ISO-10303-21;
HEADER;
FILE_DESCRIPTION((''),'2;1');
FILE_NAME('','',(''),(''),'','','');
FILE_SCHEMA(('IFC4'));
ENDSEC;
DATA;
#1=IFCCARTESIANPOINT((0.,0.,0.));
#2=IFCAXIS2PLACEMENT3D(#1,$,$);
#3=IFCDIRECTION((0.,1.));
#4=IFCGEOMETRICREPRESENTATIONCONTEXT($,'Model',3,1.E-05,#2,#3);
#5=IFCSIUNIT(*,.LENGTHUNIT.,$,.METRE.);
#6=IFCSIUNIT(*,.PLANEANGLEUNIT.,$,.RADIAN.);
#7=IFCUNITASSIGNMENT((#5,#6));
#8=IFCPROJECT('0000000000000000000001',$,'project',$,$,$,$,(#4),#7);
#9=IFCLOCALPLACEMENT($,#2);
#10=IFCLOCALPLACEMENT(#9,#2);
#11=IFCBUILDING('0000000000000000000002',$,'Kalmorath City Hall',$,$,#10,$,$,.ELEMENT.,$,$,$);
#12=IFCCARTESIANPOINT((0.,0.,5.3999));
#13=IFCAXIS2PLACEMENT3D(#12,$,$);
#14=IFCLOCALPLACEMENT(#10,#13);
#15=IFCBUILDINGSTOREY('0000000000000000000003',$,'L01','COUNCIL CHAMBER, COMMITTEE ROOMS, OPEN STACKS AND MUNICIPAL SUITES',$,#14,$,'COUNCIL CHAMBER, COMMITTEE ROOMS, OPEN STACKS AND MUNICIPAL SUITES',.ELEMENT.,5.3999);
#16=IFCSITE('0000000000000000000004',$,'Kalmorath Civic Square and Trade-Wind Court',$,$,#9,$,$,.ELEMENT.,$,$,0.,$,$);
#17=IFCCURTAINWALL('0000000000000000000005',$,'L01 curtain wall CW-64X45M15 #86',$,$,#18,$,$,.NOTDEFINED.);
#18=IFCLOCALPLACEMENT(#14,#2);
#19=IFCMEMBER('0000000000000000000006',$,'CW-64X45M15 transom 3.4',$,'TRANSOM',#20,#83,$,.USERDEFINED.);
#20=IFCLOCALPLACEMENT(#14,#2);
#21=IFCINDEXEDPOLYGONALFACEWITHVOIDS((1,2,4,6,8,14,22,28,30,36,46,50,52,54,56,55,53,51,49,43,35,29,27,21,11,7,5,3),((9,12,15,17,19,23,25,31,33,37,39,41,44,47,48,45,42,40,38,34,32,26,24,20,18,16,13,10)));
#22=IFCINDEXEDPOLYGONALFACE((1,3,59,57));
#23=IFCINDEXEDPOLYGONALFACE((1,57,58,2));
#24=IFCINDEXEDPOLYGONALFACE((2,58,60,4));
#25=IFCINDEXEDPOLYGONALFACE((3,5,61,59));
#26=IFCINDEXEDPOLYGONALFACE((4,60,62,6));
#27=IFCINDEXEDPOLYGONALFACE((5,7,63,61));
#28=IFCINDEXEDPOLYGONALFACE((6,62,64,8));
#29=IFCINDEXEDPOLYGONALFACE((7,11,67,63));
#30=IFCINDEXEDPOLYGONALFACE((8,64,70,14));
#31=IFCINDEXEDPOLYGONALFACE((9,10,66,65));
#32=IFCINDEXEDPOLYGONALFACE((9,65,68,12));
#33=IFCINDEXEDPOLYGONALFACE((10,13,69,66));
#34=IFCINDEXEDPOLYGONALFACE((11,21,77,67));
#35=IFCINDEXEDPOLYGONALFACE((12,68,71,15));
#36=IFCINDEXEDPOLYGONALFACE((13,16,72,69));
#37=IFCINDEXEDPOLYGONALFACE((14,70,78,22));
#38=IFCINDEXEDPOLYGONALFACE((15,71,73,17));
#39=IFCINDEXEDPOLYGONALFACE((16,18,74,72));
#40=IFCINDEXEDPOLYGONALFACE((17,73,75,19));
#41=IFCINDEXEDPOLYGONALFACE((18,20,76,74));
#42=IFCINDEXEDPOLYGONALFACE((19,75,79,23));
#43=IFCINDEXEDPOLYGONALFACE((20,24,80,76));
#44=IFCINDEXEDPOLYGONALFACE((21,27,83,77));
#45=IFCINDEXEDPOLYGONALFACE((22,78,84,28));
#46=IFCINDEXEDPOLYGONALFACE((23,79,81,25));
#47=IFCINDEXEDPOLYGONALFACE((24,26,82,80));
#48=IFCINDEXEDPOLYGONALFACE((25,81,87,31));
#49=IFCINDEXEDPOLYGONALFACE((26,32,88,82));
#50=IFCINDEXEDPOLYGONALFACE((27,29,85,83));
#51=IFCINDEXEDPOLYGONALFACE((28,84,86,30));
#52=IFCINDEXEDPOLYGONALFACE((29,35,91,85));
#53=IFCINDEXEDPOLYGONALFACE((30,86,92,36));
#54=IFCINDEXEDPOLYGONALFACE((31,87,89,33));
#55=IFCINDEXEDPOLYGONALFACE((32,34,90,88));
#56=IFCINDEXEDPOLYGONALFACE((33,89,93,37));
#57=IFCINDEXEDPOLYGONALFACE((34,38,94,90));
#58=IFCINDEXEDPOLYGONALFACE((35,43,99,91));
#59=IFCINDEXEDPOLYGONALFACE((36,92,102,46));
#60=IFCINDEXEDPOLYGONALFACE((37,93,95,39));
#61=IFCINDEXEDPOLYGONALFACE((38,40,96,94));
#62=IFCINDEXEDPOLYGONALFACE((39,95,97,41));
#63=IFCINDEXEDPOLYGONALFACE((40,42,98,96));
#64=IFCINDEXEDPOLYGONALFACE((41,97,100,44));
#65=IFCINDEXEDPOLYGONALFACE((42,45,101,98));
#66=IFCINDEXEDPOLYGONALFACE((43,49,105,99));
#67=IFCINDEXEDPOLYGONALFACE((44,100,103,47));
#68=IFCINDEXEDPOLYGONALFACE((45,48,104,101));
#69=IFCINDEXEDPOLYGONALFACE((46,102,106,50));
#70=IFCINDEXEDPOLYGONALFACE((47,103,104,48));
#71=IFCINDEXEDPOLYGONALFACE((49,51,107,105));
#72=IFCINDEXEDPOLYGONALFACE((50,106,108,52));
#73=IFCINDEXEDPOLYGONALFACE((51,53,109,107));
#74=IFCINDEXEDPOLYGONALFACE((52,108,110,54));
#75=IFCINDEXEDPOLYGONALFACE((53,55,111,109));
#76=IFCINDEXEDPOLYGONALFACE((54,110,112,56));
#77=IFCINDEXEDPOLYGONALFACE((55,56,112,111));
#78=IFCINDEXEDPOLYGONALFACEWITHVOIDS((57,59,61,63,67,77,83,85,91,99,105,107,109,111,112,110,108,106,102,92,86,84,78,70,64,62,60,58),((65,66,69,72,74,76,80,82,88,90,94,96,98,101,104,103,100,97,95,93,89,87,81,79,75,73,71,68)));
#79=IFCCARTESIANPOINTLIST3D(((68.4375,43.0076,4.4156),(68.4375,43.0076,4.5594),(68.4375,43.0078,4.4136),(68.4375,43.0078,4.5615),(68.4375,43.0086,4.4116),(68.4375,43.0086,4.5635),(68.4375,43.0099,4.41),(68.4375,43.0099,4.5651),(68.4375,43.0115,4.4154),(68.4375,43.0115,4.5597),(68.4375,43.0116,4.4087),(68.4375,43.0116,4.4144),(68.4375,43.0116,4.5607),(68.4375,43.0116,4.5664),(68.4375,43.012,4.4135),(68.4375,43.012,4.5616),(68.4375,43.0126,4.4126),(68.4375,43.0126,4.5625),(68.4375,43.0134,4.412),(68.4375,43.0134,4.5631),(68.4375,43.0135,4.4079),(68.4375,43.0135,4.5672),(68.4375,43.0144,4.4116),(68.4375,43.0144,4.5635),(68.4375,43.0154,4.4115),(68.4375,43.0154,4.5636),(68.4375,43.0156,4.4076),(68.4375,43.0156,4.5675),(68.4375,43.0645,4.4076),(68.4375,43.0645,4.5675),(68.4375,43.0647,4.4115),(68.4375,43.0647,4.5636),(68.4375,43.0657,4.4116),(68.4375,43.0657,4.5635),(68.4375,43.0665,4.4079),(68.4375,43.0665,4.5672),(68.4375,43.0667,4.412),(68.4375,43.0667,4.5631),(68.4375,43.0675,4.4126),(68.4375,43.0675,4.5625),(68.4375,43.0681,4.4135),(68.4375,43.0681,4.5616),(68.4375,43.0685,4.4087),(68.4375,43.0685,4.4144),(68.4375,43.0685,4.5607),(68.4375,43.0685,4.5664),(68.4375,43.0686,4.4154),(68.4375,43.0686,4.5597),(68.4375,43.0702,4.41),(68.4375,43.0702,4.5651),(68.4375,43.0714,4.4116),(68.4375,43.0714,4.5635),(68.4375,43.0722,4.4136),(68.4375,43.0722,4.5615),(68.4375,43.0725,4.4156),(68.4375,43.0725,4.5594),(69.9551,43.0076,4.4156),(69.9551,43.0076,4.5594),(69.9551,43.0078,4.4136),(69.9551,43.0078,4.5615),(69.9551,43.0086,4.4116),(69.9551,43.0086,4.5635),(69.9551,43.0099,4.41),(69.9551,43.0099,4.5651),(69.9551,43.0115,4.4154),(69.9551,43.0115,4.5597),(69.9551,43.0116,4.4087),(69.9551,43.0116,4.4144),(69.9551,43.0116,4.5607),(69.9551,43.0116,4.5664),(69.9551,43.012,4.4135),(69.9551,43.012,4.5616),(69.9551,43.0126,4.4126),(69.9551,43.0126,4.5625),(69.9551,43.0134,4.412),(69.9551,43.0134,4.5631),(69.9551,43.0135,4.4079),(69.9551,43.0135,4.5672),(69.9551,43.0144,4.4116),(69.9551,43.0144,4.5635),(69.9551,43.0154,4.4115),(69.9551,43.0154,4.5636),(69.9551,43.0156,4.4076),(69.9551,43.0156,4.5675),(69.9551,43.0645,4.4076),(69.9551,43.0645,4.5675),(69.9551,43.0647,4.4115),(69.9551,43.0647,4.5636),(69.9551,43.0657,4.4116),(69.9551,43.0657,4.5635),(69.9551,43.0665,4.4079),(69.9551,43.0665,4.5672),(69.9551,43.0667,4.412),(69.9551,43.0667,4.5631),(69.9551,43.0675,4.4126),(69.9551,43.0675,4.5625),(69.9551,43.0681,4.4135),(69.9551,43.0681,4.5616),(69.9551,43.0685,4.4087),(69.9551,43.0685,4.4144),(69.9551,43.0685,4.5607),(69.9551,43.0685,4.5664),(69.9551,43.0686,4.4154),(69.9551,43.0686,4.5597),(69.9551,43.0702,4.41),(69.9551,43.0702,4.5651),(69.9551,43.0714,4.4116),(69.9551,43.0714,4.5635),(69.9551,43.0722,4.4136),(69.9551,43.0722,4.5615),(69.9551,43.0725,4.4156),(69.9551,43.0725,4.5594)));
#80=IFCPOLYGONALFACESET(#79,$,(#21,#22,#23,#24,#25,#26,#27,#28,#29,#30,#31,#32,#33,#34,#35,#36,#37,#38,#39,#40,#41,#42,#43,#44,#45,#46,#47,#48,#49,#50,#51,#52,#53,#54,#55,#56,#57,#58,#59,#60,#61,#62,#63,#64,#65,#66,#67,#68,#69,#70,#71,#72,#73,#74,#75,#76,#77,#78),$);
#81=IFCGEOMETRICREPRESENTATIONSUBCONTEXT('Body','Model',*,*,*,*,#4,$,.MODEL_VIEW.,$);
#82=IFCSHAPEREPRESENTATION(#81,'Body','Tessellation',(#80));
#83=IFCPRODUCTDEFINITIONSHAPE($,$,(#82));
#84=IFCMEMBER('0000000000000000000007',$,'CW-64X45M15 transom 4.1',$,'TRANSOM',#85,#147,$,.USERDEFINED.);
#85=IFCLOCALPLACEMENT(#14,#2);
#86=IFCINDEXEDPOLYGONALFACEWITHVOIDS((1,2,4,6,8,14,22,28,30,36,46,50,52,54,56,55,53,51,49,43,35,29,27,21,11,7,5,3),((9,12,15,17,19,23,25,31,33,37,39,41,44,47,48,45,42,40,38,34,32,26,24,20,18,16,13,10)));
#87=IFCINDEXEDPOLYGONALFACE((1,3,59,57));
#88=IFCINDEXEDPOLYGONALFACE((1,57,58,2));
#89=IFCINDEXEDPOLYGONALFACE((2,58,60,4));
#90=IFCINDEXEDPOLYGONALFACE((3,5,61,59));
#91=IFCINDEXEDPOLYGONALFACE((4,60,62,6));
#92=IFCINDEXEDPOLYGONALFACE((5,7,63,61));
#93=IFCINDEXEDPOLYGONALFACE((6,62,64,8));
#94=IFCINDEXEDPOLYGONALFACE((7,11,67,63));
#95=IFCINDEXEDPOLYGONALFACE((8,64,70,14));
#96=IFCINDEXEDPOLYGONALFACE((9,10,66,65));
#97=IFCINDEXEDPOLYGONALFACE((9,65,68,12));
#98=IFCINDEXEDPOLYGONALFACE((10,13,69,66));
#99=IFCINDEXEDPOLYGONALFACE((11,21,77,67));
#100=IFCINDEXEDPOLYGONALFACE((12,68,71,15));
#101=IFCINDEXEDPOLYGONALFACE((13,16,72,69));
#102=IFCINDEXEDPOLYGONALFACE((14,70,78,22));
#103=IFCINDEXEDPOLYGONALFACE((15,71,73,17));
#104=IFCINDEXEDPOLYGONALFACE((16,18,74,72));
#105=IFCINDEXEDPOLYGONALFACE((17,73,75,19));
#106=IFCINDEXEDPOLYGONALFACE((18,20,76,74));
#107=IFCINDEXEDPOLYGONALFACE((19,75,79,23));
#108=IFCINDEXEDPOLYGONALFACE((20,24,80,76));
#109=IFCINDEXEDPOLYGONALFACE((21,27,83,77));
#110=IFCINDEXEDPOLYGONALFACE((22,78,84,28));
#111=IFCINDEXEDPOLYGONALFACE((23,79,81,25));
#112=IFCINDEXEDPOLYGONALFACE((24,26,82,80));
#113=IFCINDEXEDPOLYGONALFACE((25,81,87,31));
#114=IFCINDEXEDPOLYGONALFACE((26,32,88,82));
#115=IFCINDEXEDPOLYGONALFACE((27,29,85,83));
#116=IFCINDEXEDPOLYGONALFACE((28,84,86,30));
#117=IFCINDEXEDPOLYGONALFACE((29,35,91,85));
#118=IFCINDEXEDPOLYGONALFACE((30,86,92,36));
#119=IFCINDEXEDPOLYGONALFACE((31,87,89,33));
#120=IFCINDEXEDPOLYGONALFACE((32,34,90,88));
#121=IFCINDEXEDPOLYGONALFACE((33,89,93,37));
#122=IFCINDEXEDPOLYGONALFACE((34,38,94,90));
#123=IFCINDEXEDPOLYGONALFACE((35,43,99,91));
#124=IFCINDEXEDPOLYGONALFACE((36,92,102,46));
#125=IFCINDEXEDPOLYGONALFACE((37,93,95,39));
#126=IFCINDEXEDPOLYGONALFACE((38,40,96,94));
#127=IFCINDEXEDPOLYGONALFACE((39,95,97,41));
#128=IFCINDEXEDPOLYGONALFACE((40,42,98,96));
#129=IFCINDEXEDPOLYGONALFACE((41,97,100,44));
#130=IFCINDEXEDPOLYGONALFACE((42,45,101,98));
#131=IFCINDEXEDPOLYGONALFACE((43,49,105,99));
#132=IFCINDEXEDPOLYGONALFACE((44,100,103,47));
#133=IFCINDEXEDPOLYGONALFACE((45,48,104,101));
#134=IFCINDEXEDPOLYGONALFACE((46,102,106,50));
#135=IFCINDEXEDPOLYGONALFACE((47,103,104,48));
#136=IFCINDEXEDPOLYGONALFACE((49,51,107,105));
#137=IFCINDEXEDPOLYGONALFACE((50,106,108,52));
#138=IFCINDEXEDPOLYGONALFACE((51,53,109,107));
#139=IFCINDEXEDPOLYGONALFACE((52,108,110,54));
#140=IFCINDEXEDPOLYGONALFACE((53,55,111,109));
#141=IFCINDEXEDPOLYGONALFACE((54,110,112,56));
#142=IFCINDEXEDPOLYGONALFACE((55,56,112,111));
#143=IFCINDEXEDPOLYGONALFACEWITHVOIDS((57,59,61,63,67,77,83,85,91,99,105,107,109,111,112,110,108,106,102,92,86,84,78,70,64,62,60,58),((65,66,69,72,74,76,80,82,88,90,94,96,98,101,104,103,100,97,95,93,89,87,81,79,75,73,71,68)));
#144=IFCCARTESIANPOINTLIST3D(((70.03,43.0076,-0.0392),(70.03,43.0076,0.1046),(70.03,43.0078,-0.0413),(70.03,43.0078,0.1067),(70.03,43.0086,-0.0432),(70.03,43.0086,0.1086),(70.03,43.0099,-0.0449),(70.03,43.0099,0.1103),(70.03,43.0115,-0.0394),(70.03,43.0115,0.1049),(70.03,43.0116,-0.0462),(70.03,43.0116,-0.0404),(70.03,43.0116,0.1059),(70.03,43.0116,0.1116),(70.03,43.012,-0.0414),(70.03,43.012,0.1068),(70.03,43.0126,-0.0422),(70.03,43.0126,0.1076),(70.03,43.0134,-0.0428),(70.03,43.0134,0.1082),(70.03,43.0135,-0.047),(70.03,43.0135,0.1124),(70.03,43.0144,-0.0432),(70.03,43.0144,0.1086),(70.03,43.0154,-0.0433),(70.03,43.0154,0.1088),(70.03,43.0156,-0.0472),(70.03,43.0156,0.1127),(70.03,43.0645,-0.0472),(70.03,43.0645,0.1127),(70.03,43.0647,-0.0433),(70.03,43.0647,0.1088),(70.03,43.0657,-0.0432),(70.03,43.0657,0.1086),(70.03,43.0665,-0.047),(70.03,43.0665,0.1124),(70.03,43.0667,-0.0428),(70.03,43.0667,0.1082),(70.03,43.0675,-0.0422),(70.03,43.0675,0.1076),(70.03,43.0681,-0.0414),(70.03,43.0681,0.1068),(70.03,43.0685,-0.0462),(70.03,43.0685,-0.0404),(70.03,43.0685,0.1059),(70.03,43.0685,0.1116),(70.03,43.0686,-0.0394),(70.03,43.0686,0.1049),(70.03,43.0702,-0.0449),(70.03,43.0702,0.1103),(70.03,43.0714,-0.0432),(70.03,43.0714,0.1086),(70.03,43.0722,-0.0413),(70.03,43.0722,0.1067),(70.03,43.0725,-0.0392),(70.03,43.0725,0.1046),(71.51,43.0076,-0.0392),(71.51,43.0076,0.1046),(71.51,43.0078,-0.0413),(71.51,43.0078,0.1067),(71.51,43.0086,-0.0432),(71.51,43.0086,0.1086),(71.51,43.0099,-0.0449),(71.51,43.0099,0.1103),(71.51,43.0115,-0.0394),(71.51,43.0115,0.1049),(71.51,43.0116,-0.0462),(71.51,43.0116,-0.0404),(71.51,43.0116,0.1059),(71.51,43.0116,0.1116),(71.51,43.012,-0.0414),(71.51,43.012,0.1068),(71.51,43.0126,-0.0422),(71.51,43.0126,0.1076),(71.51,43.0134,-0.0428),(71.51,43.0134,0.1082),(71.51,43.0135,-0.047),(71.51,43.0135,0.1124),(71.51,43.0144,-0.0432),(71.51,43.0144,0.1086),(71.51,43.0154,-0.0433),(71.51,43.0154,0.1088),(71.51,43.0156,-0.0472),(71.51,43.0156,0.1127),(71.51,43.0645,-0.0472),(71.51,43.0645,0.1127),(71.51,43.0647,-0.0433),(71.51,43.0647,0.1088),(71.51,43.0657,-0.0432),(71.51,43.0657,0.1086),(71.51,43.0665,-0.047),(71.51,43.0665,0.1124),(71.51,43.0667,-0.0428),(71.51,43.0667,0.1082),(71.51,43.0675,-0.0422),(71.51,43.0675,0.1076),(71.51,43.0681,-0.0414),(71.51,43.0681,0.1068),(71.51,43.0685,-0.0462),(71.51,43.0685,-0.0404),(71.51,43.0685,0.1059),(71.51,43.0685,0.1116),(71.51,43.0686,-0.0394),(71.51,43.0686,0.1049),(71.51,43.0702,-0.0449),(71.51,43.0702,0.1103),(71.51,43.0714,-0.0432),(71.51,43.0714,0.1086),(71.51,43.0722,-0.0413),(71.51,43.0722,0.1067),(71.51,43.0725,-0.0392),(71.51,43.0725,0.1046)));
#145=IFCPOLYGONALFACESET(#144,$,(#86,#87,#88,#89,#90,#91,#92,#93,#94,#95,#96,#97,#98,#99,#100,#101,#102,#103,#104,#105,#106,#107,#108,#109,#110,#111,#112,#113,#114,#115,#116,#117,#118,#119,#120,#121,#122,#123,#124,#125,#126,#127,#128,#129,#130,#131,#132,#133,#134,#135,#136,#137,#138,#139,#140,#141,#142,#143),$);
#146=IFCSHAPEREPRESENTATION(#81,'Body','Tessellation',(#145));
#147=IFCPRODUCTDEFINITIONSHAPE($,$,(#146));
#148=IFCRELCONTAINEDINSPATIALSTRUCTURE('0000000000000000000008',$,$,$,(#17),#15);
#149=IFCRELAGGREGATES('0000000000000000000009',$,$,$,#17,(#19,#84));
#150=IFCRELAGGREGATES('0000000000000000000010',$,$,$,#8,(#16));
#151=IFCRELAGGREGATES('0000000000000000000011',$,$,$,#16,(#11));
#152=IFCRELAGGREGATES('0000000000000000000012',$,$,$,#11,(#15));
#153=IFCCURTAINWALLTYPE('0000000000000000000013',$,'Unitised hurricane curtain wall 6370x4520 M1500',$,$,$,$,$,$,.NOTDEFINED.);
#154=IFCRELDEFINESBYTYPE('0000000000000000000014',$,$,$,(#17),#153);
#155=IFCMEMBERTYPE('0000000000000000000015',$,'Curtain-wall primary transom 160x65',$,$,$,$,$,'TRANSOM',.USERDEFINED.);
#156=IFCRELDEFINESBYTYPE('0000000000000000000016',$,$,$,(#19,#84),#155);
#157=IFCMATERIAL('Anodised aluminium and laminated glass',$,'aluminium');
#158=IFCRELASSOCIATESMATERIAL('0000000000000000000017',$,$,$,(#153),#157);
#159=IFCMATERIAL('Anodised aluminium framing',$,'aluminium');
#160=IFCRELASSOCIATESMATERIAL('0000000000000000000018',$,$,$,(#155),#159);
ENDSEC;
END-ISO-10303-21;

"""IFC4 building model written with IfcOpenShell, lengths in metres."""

from ifc_helpers import new_model, si_unit, direction, frame, origin, origin_2d, place, context, subcontext, project, spatial, hollow_rectangle, extrude, material, material_profile, profile_set, type_object, element, aggregate, save


model = new_model("IFC4")

# Units and contexts
model_context = context("Model", 3, precision=1e-05, world=origin(), true_north=direction((0.0, 1.0)))
body_context = subcontext(model_context, "Body", "Model", "MODEL_VIEW")
ifc_project = project(units=[si_unit("LENGTHUNIT", "METRE"), si_unit("PLANEANGLEUNIT", "RADIAN")], contexts=[model_context])

# Site, building, storey
site_placement = place(None, origin())
site = spatial("IfcSite", under=ifc_project, at=site_placement, Name="Kalmorath Civic Square and Trade-Wind Court", CompositionType="ELEMENT", RefElevation=0.0)
building_placement = place(site_placement, origin())
building = spatial("IfcBuilding", under=site, at=building_placement, Name="Kalmorath City Hall", CompositionType="ELEMENT")
storey_placement = place(building_placement, frame((0.0, 0.0, 5.3999)))
storey = spatial("IfcBuildingStorey", under=building, at=storey_placement, Name="L01", Description="COUNCIL CHAMBER, COMMITTEE ROOMS, OPEN STACKS AND MUNICIPAL SUITES", LongName="COUNCIL CHAMBER, COMMITTEE ROOMS, OPEN STACKS AND MUNICIPAL SUITES", CompositionType="ELEMENT", Elevation=5.3999)

# Curtain wall, members
ifc_material_1 = material(Name="Anodised aluminium and laminated glass", Category="aluminium")
curtain_wall_type = type_object("IfcCurtainWallType", Name="Unitised hurricane curtain wall 6370x4520 M1500", PredefinedType="NOTDEFINED", material=ifc_material_1)
curtain_wall_placement = place(storey_placement, origin())
curtain_wall = element("IfcCurtainWall", 1, at=curtain_wall_placement, inside=storey, type_object=curtain_wall_type, Name="L01 curtain wall CW-64X45M15 #86", PredefinedType="NOTDEFINED")
ifc_material_2 = material(Name="Anodised aluminium framing", Category="aluminium")
ifc_material_profile_1 = material_profile(ifc_material_2, hollow_rectangle(XDim=0.0649, YDim=0.1599, WallThickness=0.0039, InnerFilletRadius=0.0039, OuterFilletRadius=0.0081, at=origin_2d()), Name="ALU-TRN-160X65X4")
ifc_profile_set_1 = profile_set([ifc_material_profile_1], Name="Anodised aluminium framing")
member_type_1 = type_object("IfcMemberType", Name="Curtain-wall primary transom 160x65", ElementType="TRANSOM", PredefinedType="USERDEFINED", material=ifc_profile_set_1)
member_1_placement = place(storey_placement, frame((68.4375, 43.04, 4.4875), z_axis=(1.0, 0.0, 0.0), x_axis=(0.0, 1.0, 0.0)))
member_1 = element("IfcMember", 2, at=member_1_placement, type_object=member_type_1, Name="CW-64X45M15 transom 3.4", ObjectType="TRANSOM", PredefinedType="USERDEFINED", context=body_context, shape_type="SweptSolid", body=[
    extrude(hollow_rectangle(XDim=0.0649, YDim=0.1599, WallThickness=0.0039, InnerFilletRadius=0.0039, OuterFilletRadius=0.0081, at=origin_2d()), origin(), (0.0, 0.0, 1.0), 1.5176),
])
member_2_placement = place(storey_placement, frame((70.03, 43.04, 0.0327), z_axis=(1.0, 0.0, 0.0), x_axis=(0.0, 1.0, 0.0)))
member_2 = element("IfcMember", 3, at=member_2_placement, type_object=member_type_1, Name="CW-64X45M15 transom 4.1", ObjectType="TRANSOM", PredefinedType="USERDEFINED", context=body_context, shape_type="SweptSolid", body=[
    extrude(hollow_rectangle(XDim=0.0649, YDim=0.1599, WallThickness=0.0039, InnerFilletRadius=0.0039, OuterFilletRadius=0.0081, at=origin_2d()), origin(), (0.0, 0.0, 1.0), 1.48),
])
aggregate(curtain_wall, [member_1, member_2])

save(model, "model.ifc")
